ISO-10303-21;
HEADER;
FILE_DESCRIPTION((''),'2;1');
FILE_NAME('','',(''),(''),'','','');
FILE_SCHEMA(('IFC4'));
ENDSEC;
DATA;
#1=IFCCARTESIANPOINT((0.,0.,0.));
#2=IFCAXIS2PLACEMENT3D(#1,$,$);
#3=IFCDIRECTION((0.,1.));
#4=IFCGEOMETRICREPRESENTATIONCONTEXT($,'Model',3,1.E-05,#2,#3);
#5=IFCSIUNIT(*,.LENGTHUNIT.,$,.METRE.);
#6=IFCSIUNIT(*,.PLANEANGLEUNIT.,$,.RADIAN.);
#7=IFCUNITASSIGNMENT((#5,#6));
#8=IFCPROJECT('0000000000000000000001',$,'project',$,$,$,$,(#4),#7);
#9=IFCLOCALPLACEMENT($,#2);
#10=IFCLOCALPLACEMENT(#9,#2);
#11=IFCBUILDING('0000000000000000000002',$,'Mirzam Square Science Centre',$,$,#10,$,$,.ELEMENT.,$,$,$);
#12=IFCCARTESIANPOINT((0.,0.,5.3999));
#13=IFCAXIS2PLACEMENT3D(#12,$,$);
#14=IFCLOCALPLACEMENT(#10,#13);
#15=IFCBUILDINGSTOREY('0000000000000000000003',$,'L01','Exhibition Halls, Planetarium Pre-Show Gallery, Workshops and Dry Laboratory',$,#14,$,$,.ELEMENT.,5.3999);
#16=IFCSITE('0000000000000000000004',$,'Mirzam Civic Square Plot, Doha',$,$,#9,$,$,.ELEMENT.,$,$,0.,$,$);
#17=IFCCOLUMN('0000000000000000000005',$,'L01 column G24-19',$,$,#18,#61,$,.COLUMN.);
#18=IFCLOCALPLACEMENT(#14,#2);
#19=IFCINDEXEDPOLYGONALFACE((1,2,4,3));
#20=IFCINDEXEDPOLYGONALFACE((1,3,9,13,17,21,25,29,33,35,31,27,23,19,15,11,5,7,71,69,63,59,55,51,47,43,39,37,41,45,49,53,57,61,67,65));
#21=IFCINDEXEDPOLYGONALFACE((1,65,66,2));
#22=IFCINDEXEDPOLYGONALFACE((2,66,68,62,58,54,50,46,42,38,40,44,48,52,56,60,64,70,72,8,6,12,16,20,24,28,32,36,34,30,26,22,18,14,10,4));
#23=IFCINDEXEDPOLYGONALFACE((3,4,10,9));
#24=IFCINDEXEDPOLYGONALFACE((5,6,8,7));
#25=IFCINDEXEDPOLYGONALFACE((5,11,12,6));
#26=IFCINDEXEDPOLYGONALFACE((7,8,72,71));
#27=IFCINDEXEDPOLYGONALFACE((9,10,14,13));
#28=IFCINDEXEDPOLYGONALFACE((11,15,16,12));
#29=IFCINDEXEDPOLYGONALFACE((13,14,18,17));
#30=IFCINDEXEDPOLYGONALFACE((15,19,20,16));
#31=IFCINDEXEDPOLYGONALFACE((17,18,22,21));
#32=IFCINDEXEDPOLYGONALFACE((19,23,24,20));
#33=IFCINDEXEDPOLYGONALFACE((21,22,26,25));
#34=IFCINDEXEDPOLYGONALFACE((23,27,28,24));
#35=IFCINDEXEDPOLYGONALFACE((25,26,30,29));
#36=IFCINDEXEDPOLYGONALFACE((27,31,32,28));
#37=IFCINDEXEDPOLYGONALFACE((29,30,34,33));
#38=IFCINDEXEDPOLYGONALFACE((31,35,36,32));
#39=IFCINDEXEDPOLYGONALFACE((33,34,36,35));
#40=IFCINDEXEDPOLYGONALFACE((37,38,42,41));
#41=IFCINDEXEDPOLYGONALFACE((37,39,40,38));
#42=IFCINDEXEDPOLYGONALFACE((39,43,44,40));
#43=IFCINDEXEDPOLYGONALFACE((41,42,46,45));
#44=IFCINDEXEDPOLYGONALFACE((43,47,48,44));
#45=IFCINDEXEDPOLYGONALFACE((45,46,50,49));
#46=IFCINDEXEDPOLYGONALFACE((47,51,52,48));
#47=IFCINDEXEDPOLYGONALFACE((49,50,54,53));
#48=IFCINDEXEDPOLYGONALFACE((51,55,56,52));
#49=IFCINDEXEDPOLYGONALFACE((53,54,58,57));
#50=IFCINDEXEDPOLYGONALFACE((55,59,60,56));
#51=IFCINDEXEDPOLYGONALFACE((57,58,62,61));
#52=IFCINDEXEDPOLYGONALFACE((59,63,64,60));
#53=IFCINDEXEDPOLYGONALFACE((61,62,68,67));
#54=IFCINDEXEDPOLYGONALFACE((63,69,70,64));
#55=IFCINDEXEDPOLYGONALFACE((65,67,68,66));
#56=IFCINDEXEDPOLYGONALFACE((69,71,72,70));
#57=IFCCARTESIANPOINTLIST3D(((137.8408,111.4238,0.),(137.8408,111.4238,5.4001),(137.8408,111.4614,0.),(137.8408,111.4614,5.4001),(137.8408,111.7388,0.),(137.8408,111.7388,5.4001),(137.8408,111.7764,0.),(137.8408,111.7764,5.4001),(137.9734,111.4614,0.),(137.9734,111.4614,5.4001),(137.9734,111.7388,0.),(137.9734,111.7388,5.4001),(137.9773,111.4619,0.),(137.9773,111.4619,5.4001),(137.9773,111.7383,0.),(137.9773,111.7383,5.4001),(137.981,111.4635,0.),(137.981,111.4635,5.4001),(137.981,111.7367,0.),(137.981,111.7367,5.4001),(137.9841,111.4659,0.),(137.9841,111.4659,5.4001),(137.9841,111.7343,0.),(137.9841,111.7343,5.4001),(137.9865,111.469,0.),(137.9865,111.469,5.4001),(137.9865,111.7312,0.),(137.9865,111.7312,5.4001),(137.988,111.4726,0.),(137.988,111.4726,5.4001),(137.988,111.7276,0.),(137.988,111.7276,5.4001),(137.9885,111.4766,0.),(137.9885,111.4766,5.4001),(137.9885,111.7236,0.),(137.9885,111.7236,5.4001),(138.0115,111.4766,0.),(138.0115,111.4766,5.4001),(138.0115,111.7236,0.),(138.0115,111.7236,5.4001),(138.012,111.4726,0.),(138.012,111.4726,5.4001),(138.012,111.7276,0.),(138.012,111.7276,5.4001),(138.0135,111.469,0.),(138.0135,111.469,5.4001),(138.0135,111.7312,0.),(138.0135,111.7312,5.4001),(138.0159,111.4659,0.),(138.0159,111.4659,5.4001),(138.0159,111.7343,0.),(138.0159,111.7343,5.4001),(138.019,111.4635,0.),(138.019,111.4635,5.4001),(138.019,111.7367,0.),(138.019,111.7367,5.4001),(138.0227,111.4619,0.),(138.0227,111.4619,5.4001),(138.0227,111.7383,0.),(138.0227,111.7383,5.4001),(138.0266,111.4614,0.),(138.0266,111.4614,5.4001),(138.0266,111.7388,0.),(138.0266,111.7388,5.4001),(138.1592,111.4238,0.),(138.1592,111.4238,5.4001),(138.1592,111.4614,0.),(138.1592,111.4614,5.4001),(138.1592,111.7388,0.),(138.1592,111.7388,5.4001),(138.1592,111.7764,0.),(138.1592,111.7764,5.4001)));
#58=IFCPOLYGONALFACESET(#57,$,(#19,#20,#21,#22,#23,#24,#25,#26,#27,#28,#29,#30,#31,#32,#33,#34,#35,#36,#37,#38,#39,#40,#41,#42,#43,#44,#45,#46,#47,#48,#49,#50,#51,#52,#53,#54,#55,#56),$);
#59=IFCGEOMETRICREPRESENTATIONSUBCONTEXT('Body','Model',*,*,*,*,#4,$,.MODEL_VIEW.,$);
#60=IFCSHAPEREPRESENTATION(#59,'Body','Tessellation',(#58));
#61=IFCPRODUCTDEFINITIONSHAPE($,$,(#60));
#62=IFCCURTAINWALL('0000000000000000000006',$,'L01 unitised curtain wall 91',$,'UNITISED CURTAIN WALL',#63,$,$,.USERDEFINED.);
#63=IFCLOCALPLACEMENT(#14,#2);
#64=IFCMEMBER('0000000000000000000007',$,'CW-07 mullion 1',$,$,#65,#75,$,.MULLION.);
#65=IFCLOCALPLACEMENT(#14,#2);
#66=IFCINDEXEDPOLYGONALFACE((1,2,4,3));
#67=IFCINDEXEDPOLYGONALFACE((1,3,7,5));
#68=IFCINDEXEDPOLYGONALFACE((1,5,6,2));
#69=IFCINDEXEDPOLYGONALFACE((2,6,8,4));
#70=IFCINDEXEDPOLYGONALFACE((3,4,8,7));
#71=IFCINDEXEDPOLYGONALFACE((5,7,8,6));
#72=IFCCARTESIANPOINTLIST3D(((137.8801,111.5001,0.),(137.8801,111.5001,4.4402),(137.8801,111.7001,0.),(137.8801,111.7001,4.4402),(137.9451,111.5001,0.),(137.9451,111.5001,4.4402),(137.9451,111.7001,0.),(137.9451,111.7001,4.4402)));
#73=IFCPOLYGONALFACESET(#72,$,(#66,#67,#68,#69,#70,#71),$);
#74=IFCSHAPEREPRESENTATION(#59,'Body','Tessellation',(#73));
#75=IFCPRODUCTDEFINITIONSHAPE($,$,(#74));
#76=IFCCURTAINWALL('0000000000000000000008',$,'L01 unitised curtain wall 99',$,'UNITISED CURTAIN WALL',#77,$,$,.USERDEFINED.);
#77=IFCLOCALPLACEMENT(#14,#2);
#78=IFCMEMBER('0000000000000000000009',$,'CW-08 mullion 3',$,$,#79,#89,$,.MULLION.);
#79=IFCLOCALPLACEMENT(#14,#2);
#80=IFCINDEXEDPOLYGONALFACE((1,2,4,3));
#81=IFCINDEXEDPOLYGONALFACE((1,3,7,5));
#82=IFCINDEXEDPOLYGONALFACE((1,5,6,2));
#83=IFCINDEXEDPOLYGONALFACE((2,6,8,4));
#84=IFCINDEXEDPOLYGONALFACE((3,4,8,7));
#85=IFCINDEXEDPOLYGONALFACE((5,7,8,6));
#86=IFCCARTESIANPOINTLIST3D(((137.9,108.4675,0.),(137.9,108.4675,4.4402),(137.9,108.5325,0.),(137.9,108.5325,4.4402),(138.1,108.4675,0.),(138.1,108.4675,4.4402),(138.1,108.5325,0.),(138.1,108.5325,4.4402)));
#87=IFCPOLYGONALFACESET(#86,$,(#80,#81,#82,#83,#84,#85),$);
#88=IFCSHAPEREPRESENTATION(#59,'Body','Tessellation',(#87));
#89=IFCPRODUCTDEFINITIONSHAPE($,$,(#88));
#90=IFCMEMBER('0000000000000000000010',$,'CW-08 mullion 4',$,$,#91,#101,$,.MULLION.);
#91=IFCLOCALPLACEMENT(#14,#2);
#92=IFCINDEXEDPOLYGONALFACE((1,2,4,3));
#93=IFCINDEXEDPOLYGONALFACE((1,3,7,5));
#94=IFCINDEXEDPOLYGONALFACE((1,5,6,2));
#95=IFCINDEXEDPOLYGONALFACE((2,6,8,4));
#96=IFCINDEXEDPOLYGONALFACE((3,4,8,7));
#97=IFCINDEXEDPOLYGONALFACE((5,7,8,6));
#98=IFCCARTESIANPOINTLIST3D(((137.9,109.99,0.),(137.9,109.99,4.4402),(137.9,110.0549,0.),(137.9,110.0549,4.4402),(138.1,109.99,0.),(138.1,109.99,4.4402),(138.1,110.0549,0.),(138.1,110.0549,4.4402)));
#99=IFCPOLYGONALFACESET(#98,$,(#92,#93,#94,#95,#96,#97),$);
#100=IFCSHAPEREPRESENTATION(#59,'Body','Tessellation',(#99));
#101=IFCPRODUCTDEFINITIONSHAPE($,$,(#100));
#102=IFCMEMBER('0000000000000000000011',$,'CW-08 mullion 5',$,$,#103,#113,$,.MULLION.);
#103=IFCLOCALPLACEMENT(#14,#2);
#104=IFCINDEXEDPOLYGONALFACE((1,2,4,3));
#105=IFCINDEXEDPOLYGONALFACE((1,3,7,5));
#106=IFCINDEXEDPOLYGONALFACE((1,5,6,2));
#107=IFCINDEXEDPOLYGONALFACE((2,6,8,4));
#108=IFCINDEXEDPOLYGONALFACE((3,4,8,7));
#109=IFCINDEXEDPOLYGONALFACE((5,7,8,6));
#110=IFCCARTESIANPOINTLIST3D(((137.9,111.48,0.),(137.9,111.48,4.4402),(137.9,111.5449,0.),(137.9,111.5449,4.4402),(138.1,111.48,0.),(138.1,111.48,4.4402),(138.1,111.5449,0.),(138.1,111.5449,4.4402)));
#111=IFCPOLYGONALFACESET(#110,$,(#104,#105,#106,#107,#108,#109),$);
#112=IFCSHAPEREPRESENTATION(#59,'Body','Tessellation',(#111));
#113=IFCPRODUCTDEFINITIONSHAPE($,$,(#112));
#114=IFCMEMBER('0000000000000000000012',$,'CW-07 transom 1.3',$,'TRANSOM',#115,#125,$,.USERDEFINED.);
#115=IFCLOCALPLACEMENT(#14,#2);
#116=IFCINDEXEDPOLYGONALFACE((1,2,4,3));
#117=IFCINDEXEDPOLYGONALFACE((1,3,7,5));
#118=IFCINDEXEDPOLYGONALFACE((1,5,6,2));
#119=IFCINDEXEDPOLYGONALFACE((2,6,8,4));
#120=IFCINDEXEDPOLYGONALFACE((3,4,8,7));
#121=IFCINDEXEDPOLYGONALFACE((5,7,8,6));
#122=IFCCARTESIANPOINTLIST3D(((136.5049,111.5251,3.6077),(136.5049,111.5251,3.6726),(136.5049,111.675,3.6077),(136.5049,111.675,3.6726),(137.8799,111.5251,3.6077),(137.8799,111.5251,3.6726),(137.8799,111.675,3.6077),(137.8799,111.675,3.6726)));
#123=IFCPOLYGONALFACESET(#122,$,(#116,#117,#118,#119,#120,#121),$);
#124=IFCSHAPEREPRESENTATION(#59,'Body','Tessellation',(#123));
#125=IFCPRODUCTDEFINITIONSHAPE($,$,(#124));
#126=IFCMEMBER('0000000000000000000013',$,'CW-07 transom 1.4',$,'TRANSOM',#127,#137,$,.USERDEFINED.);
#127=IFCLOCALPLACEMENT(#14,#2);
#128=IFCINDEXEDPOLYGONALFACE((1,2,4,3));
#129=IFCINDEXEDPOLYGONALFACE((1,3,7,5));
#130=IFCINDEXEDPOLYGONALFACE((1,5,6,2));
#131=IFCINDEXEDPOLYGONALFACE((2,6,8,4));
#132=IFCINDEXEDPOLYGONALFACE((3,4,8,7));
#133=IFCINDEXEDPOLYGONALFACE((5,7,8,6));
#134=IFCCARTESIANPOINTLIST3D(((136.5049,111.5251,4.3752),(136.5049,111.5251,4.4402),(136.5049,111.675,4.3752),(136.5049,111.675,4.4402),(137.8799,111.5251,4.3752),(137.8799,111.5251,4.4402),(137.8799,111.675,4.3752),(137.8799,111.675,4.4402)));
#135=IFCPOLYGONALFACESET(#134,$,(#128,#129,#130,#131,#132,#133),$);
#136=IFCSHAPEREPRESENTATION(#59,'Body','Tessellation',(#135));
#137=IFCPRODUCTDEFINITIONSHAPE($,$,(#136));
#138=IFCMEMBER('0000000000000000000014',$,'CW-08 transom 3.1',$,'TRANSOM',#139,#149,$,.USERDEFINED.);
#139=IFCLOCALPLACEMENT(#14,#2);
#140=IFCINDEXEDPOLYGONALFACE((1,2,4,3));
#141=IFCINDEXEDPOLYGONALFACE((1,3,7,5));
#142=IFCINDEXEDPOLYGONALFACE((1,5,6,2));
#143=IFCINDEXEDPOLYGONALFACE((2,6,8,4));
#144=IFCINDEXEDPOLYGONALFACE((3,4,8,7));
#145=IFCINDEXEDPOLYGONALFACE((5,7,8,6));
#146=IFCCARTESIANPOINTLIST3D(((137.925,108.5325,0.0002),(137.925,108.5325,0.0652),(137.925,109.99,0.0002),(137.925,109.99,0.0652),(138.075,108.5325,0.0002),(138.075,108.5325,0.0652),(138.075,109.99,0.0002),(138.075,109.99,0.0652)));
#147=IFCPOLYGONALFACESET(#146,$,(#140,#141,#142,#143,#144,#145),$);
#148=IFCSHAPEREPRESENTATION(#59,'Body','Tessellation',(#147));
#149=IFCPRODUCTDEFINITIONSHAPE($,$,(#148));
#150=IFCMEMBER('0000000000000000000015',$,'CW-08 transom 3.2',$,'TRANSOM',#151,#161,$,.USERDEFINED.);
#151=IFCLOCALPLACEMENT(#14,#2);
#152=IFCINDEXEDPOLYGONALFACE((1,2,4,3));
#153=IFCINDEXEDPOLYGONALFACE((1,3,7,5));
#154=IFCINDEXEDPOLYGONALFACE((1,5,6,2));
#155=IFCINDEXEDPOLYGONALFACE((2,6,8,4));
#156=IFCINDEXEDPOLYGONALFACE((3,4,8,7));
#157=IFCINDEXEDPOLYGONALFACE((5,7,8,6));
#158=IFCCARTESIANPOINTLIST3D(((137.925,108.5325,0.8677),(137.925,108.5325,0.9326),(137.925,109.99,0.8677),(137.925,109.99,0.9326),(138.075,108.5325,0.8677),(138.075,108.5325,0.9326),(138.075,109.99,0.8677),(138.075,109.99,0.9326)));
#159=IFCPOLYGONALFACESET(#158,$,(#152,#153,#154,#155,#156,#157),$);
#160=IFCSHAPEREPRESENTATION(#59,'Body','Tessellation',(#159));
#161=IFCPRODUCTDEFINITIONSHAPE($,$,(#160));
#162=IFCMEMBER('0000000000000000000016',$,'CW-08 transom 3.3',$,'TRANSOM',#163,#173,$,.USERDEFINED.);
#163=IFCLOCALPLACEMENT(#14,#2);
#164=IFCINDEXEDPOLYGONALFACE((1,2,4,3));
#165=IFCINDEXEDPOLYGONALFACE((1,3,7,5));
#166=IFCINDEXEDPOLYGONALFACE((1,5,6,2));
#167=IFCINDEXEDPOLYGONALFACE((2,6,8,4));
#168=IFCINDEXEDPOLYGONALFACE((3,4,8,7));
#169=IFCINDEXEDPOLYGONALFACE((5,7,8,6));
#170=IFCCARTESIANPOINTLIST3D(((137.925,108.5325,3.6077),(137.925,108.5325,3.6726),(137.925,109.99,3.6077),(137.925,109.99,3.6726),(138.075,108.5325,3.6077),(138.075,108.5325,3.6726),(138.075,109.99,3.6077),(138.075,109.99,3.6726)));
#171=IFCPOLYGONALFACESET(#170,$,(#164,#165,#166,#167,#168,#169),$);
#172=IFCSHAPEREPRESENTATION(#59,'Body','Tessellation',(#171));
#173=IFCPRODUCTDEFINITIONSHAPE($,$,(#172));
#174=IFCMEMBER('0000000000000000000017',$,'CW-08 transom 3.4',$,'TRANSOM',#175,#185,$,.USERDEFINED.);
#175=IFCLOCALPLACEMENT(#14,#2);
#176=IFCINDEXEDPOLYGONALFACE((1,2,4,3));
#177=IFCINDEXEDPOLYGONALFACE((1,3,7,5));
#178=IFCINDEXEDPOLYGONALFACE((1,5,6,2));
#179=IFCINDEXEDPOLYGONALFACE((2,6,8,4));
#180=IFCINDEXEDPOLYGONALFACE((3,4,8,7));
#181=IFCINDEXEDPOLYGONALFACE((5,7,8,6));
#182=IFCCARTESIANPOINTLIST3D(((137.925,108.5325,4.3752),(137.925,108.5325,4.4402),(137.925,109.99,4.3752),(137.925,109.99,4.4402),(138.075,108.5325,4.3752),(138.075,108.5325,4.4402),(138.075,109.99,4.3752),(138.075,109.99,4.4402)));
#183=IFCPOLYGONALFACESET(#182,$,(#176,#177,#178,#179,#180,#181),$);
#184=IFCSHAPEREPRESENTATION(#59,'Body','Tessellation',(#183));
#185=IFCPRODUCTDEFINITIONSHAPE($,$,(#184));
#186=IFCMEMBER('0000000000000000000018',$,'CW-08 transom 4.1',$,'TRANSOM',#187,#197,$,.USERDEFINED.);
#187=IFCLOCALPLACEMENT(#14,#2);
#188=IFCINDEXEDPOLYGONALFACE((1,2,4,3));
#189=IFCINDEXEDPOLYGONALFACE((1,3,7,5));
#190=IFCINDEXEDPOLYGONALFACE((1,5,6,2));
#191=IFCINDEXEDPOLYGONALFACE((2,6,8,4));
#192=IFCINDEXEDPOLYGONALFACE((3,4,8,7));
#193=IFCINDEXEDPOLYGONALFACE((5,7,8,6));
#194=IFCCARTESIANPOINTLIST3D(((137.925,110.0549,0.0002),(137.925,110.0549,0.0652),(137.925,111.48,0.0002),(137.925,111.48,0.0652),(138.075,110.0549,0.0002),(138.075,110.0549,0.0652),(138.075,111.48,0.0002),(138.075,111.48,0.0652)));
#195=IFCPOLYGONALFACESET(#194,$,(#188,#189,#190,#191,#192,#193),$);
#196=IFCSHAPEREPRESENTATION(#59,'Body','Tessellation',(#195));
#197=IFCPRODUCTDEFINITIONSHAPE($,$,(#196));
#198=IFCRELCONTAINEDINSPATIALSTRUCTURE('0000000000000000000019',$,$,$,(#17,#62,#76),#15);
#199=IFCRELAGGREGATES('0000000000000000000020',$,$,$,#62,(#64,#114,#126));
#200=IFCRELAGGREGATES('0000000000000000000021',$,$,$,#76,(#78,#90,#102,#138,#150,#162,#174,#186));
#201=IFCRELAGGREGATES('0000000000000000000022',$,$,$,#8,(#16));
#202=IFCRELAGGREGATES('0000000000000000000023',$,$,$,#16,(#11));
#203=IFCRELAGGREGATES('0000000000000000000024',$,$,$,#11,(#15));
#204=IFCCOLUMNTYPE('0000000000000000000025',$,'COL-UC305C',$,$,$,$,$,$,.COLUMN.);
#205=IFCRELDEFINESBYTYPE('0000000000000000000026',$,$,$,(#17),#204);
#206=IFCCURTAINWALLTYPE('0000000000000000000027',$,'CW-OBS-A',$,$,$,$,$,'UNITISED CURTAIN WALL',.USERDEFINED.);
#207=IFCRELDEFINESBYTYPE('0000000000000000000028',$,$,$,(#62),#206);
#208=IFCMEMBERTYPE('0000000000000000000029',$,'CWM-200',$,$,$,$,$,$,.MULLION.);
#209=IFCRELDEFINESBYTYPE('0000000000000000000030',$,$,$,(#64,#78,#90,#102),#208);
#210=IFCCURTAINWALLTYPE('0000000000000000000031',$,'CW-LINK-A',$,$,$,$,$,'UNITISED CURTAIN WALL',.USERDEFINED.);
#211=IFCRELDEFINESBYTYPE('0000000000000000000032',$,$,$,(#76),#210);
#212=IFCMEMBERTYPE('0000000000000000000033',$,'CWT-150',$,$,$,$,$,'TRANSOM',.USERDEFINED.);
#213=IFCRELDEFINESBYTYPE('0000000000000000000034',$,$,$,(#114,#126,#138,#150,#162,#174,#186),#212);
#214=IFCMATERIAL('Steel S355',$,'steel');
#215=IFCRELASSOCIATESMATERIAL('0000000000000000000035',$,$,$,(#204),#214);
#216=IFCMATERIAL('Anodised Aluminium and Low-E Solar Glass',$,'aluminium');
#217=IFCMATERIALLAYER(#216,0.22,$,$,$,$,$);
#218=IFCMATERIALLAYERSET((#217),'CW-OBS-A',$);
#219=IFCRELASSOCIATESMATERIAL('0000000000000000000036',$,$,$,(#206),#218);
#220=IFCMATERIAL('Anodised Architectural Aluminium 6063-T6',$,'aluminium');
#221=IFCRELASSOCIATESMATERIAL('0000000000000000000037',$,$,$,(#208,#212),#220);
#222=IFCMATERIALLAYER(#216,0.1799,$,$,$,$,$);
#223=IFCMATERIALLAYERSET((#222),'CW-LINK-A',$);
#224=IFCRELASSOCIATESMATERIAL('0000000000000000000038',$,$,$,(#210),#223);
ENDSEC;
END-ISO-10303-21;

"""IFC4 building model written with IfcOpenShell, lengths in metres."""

from ifc_helpers import new_model, si_unit, direction, frame, origin, origin_2d, place, context, subcontext, project, spatial, rectangle, i_section, extrude, material, layer, layer_set, material_profile, profile_set, type_object, element, aggregate, save


model = new_model("IFC4")

# Units and contexts
model_context = context("Model", 3, precision=1e-05, world=origin(), true_north=direction((0.0, 1.0)))
body_context = subcontext(model_context, "Body", "Model", "MODEL_VIEW")
ifc_project = project(units=[si_unit("LENGTHUNIT", "METRE"), si_unit("PLANEANGLEUNIT", "RADIAN")], contexts=[model_context])

# Site, building, storey
site_placement = place(None, origin())
site = spatial("IfcSite", under=ifc_project, at=site_placement, Name="Mirzam Civic Square Plot, Doha", CompositionType="ELEMENT", RefElevation=0.0)
building_placement = place(site_placement, origin())
building = spatial("IfcBuilding", under=site, at=building_placement, Name="Mirzam Square Science Centre", CompositionType="ELEMENT")
storey_placement = place(building_placement, frame((0.0, 0.0, 5.3999)))
storey = spatial("IfcBuildingStorey", under=building, at=storey_placement, Name="L01", Description="Exhibition Halls, Planetarium Pre-Show Gallery, Workshops and Dry Laboratory", CompositionType="ELEMENT", Elevation=5.3999)

# Column
ifc_material_1 = material(Name="Steel S355", Category="steel")
ifc_material_profile_1 = material_profile(ifc_material_1, i_section(OverallWidth=0.3184, OverallDepth=0.3525, WebThickness=0.0229, FlangeThickness=0.0376, FilletRadius=0.0151, at=origin_2d()), Name="305x305x240UC")
ifc_profile_set_1 = profile_set([ifc_material_profile_1], Name="Steel S355")
column_type = type_object("IfcColumnType", Name="COL-UC305C", PredefinedType="COLUMN", material=ifc_profile_set_1)
column_placement = place(storey_placement, frame((138.0, 111.6001, 0.0), z_axis=(0.0, 0.0, 1.0), x_axis=(1.0, 0.0, 0.0)))
element("IfcColumn", 1, at=column_placement, inside=storey, type_object=column_type, Name="L01 column G24-19", PredefinedType="COLUMN", context=body_context, shape_type="SweptSolid", body=[
    extrude(i_section(OverallWidth=0.3184, OverallDepth=0.3525, WebThickness=0.0229, FlangeThickness=0.0376, FilletRadius=0.0151, at=origin_2d()), origin(), (0.0, 0.0, 1.0), 5.4001),
])

# Curtain wall, member
ifc_material_2 = material(Name="Anodised Aluminium and Low-E Solar Glass", Category="aluminium")
ifc_layer_1 = layer(ifc_material_2, 0.22)
ifc_layer_set_1 = layer_set([ifc_layer_1], Name="CW-OBS-A")
curtain_wall_type_1 = type_object("IfcCurtainWallType", Name="CW-OBS-A", ElementType="UNITISED CURTAIN WALL", PredefinedType="USERDEFINED", material=ifc_layer_set_1)
curtain_wall_1_placement = place(storey_placement, origin())
curtain_wall_1 = element("IfcCurtainWall", 2, at=curtain_wall_1_placement, inside=storey, type_object=curtain_wall_type_1, Name="L01 unitised curtain wall 91", ObjectType="UNITISED CURTAIN WALL", PredefinedType="USERDEFINED")
ifc_material_3 = material(Name="Anodised Architectural Aluminium 6063-T6", Category="aluminium")
ifc_material_profile_2 = material_profile(ifc_material_3, rectangle(XDim=0.0649, YDim=0.2, at=origin_2d()), Name="ALU-MULL-200x65x5")
ifc_profile_set_2 = profile_set([ifc_material_profile_2], Name="Anodised Architectural Aluminium 6063-T6")
member_type_1 = type_object("IfcMemberType", Name="CWM-200", PredefinedType="MULLION", material=ifc_profile_set_2)
member_1_placement = place(storey_placement, frame((137.9126, 111.6001, 0.0), z_axis=(0.0, 0.0, 1.0), x_axis=(-1.0, 0.0, 0.0)))
member_1 = element("IfcMember", 3, at=member_1_placement, type_object=member_type_1, Name="CW-07 mullion 1", PredefinedType="MULLION", context=body_context, shape_type="SweptSolid", body=[
    extrude(rectangle(XDim=0.0649, YDim=0.2, at=origin_2d()), origin(), (0.0, 0.0, 1.0), 4.4402),
])

# Curtain wall, members
ifc_layer_2 = layer(ifc_material_2, 0.1799)
ifc_layer_set_2 = layer_set([ifc_layer_2], Name="CW-LINK-A")
curtain_wall_type_2 = type_object("IfcCurtainWallType", Name="CW-LINK-A", ElementType="UNITISED CURTAIN WALL", PredefinedType="USERDEFINED", material=ifc_layer_set_2)
curtain_wall_2_placement = place(storey_placement, origin())
curtain_wall_2 = element("IfcCurtainWall", 4, at=curtain_wall_2_placement, inside=storey, type_object=curtain_wall_type_2, Name="L01 unitised curtain wall 99", ObjectType="UNITISED CURTAIN WALL", PredefinedType="USERDEFINED")
member_2_placement = place(storey_placement, frame((138.0, 108.5, 0.0), z_axis=(0.0, 0.0, 1.0), x_axis=(0.0, 1.0, 0.0)))
member_2 = element("IfcMember", 5, at=member_2_placement, type_object=member_type_1, Name="CW-08 mullion 3", PredefinedType="MULLION", context=body_context, shape_type="SweptSolid", body=[
    extrude(rectangle(XDim=0.0649, YDim=0.2, at=origin_2d()), origin(), (0.0, 0.0, 1.0), 4.4402),
])
member_3_placement = place(storey_placement, frame((138.0, 110.0225, 0.0), z_axis=(0.0, 0.0, 1.0), x_axis=(0.0, 1.0, 0.0)))
member_3 = element("IfcMember", 6, at=member_3_placement, type_object=member_type_1, Name="CW-08 mullion 4", PredefinedType="MULLION", context=body_context, shape_type="SweptSolid", body=[
    extrude(rectangle(XDim=0.0649, YDim=0.2, at=origin_2d()), origin(), (0.0, 0.0, 1.0), 4.4402),
])
member_4_placement = place(storey_placement, frame((138.0, 111.5125, 0.0), z_axis=(0.0, 0.0, 1.0), x_axis=(0.0, 1.0, 0.0)))
member_4 = element("IfcMember", 7, at=member_4_placement, type_object=member_type_1, Name="CW-08 mullion 5", PredefinedType="MULLION", context=body_context, shape_type="SweptSolid", body=[
    extrude(rectangle(XDim=0.0649, YDim=0.2, at=origin_2d()), origin(), (0.0, 0.0, 1.0), 4.4402),
])

# Members
ifc_material_profile_3 = material_profile(ifc_material_3, rectangle(XDim=0.1499, YDim=0.0649, at=origin_2d()), Name="ALU-TRAN-150x65x4")
ifc_profile_set_3 = profile_set([ifc_material_profile_3], Name="Anodised Architectural Aluminium 6063-T6")
member_type_2 = type_object("IfcMemberType", Name="CWT-150", ElementType="TRANSOM", PredefinedType="USERDEFINED", material=ifc_profile_set_3)
member_5_placement = place(storey_placement, frame((137.8799, 111.6001, 3.6401), z_axis=(-1.0, 0.0, 0.0), x_axis=(0.0, -1.0, 0.0)))
member_5 = element("IfcMember", 8, at=member_5_placement, type_object=member_type_2, Name="CW-07 transom 1.3", ObjectType="TRANSOM", PredefinedType="USERDEFINED", context=body_context, shape_type="SweptSolid", body=[
    extrude(rectangle(XDim=0.1499, YDim=0.0649, at=origin_2d()), origin(), (0.0, 0.0, 1.0), 1.375),
])
member_6_placement = place(storey_placement, frame((137.8799, 111.6001, 4.4077), z_axis=(-1.0, 0.0, 0.0), x_axis=(0.0, -1.0, 0.0)))
member_6 = element("IfcMember", 9, at=member_6_placement, type_object=member_type_2, Name="CW-07 transom 1.4", ObjectType="TRANSOM", PredefinedType="USERDEFINED", context=body_context, shape_type="SweptSolid", body=[
    extrude(rectangle(XDim=0.1499, YDim=0.0649, at=origin_2d()), origin(), (0.0, 0.0, 1.0), 1.375),
])
aggregate(curtain_wall_1, [member_1, member_5, member_6])
member_7_placement = place(storey_placement, frame((138.0, 108.5325, 0.0327), z_axis=(0.0, 1.0, 0.0), x_axis=(-1.0, 0.0, 0.0)))
member_7 = element("IfcMember", 10, at=member_7_placement, type_object=member_type_2, Name="CW-08 transom 3.1", ObjectType="TRANSOM", PredefinedType="USERDEFINED", context=body_context, shape_type="SweptSolid", body=[
    extrude(rectangle(XDim=0.1499, YDim=0.0649, at=origin_2d()), origin(), (0.0, 0.0, 1.0), 1.4575),
])
member_8_placement = place(storey_placement, frame((138.0, 108.5325, 0.9001), z_axis=(0.0, 1.0, 0.0), x_axis=(-1.0, 0.0, 0.0)))
member_8 = element("IfcMember", 11, at=member_8_placement, type_object=member_type_2, Name="CW-08 transom 3.2", ObjectType="TRANSOM", PredefinedType="USERDEFINED", context=body_context, shape_type="SweptSolid", body=[
    extrude(rectangle(XDim=0.1499, YDim=0.0649, at=origin_2d()), origin(), (0.0, 0.0, 1.0), 1.4575),
])
member_9_placement = place(storey_placement, frame((138.0, 108.5325, 3.6401), z_axis=(0.0, 1.0, 0.0), x_axis=(-1.0, 0.0, 0.0)))
member_9 = element("IfcMember", 12, at=member_9_placement, type_object=member_type_2, Name="CW-08 transom 3.3", ObjectType="TRANSOM", PredefinedType="USERDEFINED", context=body_context, shape_type="SweptSolid", body=[
    extrude(rectangle(XDim=0.1499, YDim=0.0649, at=origin_2d()), origin(), (0.0, 0.0, 1.0), 1.4575),
])
member_10_placement = place(storey_placement, frame((138.0, 108.5325, 4.4077), z_axis=(0.0, 1.0, 0.0), x_axis=(-1.0, 0.0, 0.0)))
member_10 = element("IfcMember", 13, at=member_10_placement, type_object=member_type_2, Name="CW-08 transom 3.4", ObjectType="TRANSOM", PredefinedType="USERDEFINED", context=body_context, shape_type="SweptSolid", body=[
    extrude(rectangle(XDim=0.1499, YDim=0.0649, at=origin_2d()), origin(), (0.0, 0.0, 1.0), 1.4575),
])
member_11_placement = place(storey_placement, frame((138.0, 110.0549, 0.0327), z_axis=(0.0, 1.0, 0.0), x_axis=(-1.0, 0.0, 0.0)))
member_11 = element("IfcMember", 14, at=member_11_placement, type_object=member_type_2, Name="CW-08 transom 4.1", ObjectType="TRANSOM", PredefinedType="USERDEFINED", context=body_context, shape_type="SweptSolid", body=[
    extrude(rectangle(XDim=0.1499, YDim=0.0649, at=origin_2d()), origin(), (0.0, 0.0, 1.0), 1.425),
])

aggregate(curtain_wall_2, [member_2, member_3, member_4, member_7, member_8, member_9, member_10, member_11])

save(model, "model.ifc")
